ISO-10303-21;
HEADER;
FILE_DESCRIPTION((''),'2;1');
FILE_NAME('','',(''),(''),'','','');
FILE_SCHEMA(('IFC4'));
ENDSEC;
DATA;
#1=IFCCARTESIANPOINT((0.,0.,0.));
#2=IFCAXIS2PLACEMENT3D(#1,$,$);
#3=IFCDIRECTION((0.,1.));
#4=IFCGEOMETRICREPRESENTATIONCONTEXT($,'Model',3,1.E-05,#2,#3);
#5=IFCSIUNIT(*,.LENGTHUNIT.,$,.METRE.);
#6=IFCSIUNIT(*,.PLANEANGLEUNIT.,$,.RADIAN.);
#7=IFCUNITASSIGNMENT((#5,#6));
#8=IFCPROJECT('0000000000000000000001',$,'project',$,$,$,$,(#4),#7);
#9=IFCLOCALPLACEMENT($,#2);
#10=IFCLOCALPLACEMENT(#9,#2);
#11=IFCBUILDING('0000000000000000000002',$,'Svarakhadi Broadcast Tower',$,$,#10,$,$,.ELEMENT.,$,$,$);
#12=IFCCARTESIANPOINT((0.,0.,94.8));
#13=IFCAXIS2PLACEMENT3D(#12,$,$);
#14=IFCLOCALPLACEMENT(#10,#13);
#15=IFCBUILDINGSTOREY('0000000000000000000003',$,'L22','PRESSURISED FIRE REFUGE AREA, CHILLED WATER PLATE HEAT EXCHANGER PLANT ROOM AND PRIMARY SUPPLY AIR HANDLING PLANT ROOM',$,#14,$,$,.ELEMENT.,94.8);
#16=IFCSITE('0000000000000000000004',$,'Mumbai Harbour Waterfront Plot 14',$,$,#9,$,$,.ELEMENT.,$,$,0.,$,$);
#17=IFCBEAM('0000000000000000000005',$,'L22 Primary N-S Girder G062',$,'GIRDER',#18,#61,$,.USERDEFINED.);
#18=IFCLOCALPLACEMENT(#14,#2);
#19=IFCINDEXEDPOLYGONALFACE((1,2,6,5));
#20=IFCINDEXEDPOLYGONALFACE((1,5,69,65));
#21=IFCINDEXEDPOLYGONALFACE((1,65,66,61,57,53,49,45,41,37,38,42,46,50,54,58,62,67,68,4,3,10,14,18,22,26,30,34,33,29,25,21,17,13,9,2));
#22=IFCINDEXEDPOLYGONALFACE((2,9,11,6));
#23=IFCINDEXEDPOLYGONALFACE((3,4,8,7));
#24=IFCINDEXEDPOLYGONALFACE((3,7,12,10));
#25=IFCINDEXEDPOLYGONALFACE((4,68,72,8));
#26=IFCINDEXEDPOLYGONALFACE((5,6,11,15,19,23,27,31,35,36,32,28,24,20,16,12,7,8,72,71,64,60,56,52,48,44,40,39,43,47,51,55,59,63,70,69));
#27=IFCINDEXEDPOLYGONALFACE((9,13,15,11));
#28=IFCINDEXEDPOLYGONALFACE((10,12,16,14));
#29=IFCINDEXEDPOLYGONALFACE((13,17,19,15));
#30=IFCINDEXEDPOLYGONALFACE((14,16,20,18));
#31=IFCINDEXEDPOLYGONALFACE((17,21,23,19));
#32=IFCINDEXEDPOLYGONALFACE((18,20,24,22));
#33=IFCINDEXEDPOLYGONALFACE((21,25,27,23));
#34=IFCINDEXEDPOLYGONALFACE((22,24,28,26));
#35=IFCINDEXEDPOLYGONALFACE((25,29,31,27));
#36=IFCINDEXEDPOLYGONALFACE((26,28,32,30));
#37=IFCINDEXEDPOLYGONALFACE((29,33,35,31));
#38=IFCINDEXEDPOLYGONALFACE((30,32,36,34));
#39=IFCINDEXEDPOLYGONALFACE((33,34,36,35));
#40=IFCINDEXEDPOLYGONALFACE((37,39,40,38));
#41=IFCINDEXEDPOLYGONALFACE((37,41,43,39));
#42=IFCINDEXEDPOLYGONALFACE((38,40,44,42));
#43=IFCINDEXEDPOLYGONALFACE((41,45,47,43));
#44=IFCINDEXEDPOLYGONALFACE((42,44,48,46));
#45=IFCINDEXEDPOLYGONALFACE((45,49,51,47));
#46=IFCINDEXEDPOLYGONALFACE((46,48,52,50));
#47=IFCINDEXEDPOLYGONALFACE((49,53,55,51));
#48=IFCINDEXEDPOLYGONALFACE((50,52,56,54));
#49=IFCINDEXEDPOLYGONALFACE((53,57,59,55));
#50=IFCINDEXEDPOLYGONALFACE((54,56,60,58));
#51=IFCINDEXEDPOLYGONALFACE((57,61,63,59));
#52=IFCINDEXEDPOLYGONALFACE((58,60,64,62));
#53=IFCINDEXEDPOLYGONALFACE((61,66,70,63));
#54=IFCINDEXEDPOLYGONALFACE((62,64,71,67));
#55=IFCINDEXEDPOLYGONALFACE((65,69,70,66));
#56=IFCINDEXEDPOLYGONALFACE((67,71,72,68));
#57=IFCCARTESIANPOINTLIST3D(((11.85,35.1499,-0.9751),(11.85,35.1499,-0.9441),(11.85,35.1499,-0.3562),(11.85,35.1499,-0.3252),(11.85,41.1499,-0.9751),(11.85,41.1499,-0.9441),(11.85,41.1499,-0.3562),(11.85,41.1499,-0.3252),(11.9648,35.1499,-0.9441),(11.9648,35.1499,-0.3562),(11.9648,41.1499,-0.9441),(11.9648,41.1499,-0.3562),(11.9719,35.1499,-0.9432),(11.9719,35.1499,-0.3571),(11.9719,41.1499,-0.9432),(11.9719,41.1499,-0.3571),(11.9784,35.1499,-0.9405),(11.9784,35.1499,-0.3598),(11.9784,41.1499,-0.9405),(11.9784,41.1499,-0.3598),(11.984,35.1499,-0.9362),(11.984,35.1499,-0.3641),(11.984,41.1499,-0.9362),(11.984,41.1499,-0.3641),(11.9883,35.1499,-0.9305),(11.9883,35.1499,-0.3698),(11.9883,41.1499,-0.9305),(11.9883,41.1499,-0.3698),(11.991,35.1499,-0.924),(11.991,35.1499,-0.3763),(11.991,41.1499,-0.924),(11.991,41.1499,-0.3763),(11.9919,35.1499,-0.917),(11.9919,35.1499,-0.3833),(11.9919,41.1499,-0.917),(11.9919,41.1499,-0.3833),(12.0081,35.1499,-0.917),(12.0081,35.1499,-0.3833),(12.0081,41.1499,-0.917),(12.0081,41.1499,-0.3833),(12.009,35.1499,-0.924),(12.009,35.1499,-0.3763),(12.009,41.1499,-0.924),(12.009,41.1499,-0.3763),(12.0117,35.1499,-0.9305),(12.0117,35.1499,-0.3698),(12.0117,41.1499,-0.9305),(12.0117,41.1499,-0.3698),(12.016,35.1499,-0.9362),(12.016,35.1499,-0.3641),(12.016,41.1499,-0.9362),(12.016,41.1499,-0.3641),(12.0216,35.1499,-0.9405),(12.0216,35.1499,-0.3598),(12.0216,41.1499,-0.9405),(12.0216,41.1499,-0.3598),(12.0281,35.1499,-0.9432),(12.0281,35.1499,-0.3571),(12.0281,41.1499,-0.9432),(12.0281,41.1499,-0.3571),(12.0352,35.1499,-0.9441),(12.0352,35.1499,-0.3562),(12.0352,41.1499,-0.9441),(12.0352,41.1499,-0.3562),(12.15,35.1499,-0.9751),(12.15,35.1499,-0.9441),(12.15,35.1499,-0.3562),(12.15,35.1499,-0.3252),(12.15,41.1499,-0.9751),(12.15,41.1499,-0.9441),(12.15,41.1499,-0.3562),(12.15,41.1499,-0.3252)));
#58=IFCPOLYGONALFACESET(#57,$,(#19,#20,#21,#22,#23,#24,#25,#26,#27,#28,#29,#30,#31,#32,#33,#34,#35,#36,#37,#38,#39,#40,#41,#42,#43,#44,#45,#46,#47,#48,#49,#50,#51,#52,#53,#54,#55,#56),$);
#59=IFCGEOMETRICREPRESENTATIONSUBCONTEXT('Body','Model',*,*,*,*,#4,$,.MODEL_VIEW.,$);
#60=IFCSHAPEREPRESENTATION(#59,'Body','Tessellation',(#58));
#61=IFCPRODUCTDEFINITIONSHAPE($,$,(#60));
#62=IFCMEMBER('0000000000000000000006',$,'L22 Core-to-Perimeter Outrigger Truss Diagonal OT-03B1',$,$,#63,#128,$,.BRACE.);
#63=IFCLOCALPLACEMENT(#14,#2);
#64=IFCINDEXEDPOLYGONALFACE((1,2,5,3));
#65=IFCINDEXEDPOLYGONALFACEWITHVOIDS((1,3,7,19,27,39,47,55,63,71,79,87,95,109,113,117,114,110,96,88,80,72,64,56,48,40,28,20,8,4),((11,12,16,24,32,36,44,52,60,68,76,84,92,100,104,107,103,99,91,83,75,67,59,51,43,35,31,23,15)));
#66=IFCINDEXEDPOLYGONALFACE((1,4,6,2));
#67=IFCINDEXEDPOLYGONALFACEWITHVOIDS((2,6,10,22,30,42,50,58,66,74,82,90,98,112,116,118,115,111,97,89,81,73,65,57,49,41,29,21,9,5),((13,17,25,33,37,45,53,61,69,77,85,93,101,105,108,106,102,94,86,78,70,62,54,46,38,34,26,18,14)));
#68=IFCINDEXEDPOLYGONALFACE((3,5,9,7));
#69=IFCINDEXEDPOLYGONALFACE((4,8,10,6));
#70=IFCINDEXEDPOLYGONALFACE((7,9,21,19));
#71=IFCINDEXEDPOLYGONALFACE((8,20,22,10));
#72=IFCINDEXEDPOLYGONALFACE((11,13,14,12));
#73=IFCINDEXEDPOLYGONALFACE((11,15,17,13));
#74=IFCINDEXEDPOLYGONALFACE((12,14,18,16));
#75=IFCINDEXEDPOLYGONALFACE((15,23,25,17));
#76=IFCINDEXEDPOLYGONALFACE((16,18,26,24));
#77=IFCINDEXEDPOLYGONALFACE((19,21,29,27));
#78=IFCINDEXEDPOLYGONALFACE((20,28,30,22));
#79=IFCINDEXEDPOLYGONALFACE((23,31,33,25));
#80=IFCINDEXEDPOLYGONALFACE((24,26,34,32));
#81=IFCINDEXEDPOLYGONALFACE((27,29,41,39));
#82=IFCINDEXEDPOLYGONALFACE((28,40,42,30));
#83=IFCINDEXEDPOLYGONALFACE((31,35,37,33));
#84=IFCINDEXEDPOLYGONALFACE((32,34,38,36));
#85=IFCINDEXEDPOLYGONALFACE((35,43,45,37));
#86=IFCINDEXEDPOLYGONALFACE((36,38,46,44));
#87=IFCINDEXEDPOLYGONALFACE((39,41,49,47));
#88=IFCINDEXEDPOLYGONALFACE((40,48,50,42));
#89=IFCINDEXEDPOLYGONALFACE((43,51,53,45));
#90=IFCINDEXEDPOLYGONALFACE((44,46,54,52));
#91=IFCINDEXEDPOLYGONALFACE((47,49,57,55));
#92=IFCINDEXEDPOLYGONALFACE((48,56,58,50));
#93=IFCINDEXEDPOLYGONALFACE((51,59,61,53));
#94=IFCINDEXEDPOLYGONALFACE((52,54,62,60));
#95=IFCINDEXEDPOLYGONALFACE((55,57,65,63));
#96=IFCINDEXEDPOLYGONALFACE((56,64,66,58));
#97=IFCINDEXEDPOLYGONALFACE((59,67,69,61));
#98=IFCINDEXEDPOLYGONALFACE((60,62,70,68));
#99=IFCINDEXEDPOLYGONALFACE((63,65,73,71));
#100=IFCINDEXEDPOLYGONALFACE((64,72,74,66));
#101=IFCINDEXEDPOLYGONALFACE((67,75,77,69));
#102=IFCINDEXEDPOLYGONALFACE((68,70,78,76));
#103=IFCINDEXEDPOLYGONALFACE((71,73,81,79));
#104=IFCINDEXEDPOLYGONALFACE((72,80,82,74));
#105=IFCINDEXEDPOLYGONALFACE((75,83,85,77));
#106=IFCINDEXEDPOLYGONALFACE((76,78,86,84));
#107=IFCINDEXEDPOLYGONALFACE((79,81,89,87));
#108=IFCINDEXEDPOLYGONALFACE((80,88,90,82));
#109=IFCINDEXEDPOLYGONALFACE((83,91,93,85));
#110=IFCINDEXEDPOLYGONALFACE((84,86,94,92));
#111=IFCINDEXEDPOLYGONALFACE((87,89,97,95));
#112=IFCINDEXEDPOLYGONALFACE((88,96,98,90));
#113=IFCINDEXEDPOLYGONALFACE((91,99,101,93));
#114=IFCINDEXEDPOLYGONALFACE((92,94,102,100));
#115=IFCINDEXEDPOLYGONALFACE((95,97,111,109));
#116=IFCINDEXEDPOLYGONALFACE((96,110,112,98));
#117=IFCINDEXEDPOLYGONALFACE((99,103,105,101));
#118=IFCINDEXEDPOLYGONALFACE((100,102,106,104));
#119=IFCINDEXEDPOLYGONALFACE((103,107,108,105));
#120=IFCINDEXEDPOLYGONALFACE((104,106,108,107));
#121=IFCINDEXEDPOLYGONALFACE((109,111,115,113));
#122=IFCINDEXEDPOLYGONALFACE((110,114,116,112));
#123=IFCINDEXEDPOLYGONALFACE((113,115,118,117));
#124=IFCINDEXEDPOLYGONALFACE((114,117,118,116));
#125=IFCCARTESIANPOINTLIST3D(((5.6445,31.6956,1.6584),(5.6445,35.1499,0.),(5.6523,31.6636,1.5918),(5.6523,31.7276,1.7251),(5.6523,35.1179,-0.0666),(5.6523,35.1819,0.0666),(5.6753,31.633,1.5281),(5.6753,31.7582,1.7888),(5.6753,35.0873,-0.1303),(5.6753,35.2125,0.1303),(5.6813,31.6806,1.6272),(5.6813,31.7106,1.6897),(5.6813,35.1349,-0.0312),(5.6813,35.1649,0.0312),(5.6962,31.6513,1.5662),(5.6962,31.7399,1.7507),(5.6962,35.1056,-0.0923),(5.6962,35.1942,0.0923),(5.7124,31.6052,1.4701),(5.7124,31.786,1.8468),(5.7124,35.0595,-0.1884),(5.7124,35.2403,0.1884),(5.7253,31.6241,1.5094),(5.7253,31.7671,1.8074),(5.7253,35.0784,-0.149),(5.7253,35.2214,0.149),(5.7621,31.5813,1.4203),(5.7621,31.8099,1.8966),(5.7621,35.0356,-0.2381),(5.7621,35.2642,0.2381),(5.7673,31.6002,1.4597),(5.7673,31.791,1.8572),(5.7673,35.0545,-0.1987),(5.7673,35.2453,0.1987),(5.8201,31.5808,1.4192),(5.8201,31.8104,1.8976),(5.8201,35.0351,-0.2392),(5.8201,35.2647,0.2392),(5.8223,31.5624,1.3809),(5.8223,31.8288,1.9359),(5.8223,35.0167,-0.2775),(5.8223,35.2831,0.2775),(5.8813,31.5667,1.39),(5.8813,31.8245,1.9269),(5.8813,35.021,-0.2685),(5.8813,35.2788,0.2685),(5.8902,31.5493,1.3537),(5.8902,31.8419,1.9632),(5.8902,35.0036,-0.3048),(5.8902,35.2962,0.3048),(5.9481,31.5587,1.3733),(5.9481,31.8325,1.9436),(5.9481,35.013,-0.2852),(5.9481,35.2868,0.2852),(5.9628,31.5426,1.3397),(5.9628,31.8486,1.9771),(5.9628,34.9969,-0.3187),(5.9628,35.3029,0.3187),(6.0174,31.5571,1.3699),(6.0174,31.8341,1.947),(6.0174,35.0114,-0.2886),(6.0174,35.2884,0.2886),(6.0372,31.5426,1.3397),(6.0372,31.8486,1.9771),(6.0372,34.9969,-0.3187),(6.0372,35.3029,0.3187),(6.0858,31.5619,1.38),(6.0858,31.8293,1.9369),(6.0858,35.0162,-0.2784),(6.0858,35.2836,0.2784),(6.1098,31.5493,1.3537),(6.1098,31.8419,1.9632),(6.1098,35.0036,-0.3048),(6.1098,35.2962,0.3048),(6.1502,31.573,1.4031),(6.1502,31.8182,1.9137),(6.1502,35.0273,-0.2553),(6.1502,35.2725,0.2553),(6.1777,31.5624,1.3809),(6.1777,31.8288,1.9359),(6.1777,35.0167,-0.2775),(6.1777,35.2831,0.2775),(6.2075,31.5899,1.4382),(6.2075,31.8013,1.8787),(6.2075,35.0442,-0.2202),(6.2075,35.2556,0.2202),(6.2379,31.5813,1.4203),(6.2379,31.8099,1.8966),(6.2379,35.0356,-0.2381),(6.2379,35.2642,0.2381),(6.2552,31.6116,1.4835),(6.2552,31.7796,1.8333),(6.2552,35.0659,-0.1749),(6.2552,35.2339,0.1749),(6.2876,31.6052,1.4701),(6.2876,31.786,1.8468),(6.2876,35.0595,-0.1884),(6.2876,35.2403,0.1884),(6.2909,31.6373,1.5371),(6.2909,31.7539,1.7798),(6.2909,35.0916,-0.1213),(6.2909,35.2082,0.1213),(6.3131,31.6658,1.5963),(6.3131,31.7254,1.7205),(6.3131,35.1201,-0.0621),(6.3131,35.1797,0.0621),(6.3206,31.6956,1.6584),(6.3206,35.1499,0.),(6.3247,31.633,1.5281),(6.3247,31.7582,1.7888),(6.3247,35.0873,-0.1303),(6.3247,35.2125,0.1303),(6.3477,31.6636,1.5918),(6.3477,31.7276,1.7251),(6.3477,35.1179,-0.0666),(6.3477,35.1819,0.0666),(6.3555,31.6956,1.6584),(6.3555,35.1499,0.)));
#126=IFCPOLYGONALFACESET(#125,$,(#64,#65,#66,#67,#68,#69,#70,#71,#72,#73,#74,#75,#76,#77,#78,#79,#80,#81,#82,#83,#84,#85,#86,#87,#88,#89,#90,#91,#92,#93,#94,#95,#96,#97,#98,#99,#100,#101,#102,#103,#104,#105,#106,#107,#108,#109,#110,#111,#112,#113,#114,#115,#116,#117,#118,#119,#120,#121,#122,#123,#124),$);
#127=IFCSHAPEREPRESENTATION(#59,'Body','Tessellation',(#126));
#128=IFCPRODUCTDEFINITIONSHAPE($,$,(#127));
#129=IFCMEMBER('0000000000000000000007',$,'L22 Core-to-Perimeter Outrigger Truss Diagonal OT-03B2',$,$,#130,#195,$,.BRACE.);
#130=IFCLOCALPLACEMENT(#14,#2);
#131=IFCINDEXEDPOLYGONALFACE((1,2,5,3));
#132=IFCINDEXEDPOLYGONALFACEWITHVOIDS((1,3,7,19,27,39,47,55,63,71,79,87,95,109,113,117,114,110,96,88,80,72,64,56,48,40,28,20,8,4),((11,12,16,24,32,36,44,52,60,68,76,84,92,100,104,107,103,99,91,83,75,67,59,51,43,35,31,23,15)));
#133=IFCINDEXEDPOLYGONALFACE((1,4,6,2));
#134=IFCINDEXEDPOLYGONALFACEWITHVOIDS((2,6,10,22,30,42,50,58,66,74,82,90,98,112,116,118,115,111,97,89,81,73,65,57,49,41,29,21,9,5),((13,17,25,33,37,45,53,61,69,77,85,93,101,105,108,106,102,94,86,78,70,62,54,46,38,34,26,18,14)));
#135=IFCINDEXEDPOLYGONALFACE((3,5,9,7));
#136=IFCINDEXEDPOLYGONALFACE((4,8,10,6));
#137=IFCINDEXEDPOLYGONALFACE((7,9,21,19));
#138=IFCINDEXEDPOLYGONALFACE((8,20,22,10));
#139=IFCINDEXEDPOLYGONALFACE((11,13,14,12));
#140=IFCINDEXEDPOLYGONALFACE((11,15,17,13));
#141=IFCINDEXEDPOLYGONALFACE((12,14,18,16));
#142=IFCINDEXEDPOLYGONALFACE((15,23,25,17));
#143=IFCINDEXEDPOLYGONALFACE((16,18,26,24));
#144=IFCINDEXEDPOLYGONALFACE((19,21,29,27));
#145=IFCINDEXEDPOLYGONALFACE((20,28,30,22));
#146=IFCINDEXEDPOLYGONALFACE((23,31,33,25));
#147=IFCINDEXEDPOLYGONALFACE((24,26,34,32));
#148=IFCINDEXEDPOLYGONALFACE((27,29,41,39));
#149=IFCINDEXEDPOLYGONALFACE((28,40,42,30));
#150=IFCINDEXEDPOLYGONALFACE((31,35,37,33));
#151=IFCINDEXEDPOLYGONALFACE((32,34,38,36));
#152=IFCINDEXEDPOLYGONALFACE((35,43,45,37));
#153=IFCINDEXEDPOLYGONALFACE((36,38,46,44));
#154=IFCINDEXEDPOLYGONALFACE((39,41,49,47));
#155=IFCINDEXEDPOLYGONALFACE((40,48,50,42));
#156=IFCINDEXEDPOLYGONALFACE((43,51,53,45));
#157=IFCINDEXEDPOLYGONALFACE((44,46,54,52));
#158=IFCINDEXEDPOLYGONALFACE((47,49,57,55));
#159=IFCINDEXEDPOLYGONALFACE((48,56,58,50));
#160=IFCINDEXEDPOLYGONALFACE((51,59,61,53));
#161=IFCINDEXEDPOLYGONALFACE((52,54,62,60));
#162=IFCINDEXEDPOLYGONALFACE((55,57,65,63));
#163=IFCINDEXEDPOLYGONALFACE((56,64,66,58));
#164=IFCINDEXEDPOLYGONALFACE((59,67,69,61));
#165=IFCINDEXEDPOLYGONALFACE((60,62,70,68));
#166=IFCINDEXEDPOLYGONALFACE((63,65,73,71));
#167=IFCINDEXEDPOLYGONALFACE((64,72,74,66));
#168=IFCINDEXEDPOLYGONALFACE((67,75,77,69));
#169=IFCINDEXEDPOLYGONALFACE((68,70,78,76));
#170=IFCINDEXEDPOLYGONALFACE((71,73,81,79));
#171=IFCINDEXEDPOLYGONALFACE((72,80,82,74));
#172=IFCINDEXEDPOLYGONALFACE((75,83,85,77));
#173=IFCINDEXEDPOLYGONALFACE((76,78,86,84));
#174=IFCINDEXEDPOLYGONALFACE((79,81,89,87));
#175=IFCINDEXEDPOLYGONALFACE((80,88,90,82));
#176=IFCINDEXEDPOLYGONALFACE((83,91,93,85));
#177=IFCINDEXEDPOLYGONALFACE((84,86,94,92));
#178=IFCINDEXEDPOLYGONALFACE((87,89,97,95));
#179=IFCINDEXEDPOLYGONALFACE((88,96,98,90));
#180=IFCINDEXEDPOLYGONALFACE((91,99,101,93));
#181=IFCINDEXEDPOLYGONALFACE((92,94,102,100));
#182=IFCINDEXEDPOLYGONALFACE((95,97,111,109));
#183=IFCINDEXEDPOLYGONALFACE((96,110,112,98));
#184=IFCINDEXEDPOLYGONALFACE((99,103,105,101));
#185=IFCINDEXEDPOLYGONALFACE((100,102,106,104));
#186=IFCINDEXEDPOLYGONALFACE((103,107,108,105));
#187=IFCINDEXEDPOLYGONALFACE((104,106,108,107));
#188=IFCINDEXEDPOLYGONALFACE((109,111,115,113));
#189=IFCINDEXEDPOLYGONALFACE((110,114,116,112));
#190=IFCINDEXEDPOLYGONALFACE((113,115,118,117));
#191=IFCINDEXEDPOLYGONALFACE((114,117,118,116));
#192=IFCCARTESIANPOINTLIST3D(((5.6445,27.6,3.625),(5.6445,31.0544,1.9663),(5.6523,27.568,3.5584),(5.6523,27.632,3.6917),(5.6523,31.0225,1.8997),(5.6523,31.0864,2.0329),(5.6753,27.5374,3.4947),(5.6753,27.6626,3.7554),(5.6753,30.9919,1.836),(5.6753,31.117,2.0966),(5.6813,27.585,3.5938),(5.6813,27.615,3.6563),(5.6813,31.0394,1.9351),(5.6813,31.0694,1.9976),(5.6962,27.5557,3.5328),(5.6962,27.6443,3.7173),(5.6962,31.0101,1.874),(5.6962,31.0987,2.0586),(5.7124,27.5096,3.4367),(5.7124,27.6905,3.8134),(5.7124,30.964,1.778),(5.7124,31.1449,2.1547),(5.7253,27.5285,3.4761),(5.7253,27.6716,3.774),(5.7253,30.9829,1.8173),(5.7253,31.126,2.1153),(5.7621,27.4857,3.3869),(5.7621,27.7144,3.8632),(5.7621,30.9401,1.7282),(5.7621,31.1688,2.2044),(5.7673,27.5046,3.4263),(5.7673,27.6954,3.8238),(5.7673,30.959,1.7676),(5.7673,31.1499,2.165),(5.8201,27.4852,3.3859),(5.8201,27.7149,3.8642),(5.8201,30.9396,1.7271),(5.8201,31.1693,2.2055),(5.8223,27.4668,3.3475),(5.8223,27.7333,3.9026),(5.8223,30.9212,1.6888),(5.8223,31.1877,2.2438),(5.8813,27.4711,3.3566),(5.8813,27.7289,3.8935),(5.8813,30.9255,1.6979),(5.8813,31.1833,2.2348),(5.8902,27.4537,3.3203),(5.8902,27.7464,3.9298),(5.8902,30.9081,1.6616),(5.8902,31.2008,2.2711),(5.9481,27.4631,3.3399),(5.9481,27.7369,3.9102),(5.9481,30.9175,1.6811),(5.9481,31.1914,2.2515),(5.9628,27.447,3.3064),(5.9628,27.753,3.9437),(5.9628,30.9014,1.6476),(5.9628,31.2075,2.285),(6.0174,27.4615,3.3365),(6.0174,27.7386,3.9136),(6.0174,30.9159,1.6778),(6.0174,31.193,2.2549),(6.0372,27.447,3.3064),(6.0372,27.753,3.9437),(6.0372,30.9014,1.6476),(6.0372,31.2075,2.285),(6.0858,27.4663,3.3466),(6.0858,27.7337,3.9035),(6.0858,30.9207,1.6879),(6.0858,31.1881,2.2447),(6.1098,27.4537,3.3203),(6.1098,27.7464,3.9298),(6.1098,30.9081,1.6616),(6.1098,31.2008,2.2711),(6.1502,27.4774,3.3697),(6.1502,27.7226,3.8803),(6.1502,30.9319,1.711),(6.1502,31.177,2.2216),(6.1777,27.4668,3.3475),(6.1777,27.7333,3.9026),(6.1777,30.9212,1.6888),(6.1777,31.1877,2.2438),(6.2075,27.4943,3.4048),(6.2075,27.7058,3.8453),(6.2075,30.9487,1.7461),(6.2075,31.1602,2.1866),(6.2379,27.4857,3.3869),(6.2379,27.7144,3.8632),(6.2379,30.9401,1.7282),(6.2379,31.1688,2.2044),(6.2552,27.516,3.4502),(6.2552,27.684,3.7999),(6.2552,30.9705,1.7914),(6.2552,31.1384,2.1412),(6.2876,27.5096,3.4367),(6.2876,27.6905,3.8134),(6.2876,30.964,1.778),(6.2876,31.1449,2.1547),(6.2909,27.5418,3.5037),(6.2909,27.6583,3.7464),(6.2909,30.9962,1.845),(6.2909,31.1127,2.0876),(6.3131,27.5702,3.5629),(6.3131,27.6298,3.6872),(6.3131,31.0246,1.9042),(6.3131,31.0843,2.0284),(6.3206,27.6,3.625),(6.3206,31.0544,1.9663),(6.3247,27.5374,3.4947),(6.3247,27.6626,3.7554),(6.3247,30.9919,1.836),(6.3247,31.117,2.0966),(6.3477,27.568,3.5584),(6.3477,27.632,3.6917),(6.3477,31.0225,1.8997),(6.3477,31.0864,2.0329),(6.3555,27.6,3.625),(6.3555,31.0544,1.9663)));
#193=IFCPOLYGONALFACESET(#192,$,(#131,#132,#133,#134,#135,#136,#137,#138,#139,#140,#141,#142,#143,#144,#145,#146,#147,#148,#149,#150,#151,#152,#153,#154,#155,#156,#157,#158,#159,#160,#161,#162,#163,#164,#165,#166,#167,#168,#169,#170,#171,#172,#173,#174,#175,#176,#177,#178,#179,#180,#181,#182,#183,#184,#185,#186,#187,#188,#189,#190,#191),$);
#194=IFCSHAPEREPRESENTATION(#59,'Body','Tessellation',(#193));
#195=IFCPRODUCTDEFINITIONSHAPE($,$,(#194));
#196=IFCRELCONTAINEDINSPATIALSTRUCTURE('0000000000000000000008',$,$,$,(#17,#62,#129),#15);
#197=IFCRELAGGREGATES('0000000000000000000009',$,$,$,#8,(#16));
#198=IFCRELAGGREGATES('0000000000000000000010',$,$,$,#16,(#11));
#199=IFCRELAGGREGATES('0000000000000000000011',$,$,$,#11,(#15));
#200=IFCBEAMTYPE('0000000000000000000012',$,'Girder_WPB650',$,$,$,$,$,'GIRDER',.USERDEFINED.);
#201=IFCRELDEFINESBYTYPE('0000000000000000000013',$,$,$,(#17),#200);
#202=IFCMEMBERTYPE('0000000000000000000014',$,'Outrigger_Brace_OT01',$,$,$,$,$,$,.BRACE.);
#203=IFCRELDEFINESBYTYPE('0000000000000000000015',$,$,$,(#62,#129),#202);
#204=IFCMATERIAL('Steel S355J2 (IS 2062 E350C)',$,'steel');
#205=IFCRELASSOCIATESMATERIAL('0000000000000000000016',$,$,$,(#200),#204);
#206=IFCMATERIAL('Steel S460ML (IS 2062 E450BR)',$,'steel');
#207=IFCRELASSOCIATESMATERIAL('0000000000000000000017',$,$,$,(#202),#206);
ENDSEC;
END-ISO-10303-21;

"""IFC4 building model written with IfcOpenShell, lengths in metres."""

from ifc_helpers import new_model, si_unit, direction, frame, origin, origin_2d, place, context, subcontext, project, spatial, hollow_circle, i_section, extrude, material, material_profile, profile_set, type_object, element, save


model = new_model("IFC4")

# Units and contexts
model_context = context("Model", 3, precision=1e-05, world=origin(), true_north=direction((0.0, 1.0)))
body_context = subcontext(model_context, "Body", "Model", "MODEL_VIEW")
ifc_project = project(units=[si_unit("LENGTHUNIT", "METRE"), si_unit("PLANEANGLEUNIT", "RADIAN")], contexts=[model_context])

# Site, building, storey
site_placement = place(None, origin())
site = spatial("IfcSite", under=ifc_project, at=site_placement, Name="Mumbai Harbour Waterfront Plot 14", CompositionType="ELEMENT", RefElevation=0.0)
building_placement = place(site_placement, origin())
building = spatial("IfcBuilding", under=site, at=building_placement, Name="Svarakhadi Broadcast Tower", CompositionType="ELEMENT")
storey_placement = place(building_placement, frame((0.0, 0.0, 94.8)))
storey = spatial("IfcBuildingStorey", under=building, at=storey_placement, Name="L22", Description="PRESSURISED FIRE REFUGE AREA, CHILLED WATER PLATE HEAT EXCHANGER PLANT ROOM AND PRIMARY SUPPLY AIR HANDLING PLANT ROOM", CompositionType="ELEMENT", Elevation=94.8)

# Shared definitions
ifc_material_1 = material(Name="Steel S460ML (IS 2062 E450BR)", Category="steel")

# Beam
ifc_material_2 = material(Name="Steel S355J2 (IS 2062 E350C)", Category="steel")
ifc_material_profile_1 = material_profile(ifc_material_2, i_section(OverallWidth=0.3, OverallDepth=0.6499, WebThickness=0.0161, FlangeThickness=0.031, FilletRadius=0.0271, at=origin_2d()), Name="WPB 650x300x225")
ifc_profile_set_1 = profile_set([ifc_material_profile_1], Name="Steel S355J2 (IS 2062 E350C)")
beam_type_1 = type_object("IfcBeamType", Name="Girder_WPB650", ElementType="GIRDER", PredefinedType="USERDEFINED", material=ifc_profile_set_1)
for number, where, z_axis, x_axis, name in (
    (1, (12.0, 35.1499, -0.6501), (0.0, 1.0, 0.0), (-1.0, 0.0, 0.0), "L22 Primary N-S Girder G062"),
):
    element("IfcBeam", number, at=place(storey_placement, frame(where, z_axis=z_axis, x_axis=x_axis)), inside=storey, type_object=beam_type_1, Name=name, ObjectType="GIRDER", PredefinedType="USERDEFINED", context=body_context, shape_type="SweptSolid", body=[
        extrude(i_section(OverallWidth=0.3, OverallDepth=0.6499, WebThickness=0.0161, FlangeThickness=0.031, FilletRadius=0.0271, at=origin_2d()), origin(), (0.0, 0.0, 1.0), 6.0),
    ])

# Members
ifc_material_profile_2 = material_profile(ifc_material_1, hollow_circle(Radius=0.3555, WallThickness=0.0349, at=origin_2d()), Name="CHS 711x35")
ifc_profile_set_2 = profile_set([ifc_material_profile_2], Name="Steel S460ML (IS 2062 E450BR)")
member_type = type_object("IfcMemberType", Name="Outrigger_Brace_OT01", PredefinedType="BRACE", material=ifc_profile_set_2)
member_1_placement = place(storey_placement, frame((6.0, 35.1499, 0.0), z_axis=(0.0, -0.901486, 0.432808), x_axis=(1.0, 0.0, 0.0)))
element("IfcMember", 2, at=member_1_placement, inside=storey, type_object=member_type, Name="L22 Core-to-Perimeter Outrigger Truss Diagonal OT-03B1", PredefinedType="BRACE", context=body_context, shape_type="SweptSolid", body=[
    extrude(hollow_circle(Radius=0.3555, WallThickness=0.0349, at=origin_2d()), origin(), (0.0, 0.0, 1.0), 3.8318),
])
member_2_placement = place(storey_placement, frame((6.0, 31.0544, 1.9663), z_axis=(0.0, -0.901461, 0.432859), x_axis=(1.0, 0.0, 0.0)))
element("IfcMember", 3, at=member_2_placement, inside=storey, type_object=member_type, Name="L22 Core-to-Perimeter Outrigger Truss Diagonal OT-03B2", PredefinedType="BRACE", context=body_context, shape_type="SweptSolid", body=[
    extrude(hollow_circle(Radius=0.3555, WallThickness=0.0349, at=origin_2d()), origin(), (0.0, 0.0, 1.0), 3.832),
])

save(model, "model.ifc")
